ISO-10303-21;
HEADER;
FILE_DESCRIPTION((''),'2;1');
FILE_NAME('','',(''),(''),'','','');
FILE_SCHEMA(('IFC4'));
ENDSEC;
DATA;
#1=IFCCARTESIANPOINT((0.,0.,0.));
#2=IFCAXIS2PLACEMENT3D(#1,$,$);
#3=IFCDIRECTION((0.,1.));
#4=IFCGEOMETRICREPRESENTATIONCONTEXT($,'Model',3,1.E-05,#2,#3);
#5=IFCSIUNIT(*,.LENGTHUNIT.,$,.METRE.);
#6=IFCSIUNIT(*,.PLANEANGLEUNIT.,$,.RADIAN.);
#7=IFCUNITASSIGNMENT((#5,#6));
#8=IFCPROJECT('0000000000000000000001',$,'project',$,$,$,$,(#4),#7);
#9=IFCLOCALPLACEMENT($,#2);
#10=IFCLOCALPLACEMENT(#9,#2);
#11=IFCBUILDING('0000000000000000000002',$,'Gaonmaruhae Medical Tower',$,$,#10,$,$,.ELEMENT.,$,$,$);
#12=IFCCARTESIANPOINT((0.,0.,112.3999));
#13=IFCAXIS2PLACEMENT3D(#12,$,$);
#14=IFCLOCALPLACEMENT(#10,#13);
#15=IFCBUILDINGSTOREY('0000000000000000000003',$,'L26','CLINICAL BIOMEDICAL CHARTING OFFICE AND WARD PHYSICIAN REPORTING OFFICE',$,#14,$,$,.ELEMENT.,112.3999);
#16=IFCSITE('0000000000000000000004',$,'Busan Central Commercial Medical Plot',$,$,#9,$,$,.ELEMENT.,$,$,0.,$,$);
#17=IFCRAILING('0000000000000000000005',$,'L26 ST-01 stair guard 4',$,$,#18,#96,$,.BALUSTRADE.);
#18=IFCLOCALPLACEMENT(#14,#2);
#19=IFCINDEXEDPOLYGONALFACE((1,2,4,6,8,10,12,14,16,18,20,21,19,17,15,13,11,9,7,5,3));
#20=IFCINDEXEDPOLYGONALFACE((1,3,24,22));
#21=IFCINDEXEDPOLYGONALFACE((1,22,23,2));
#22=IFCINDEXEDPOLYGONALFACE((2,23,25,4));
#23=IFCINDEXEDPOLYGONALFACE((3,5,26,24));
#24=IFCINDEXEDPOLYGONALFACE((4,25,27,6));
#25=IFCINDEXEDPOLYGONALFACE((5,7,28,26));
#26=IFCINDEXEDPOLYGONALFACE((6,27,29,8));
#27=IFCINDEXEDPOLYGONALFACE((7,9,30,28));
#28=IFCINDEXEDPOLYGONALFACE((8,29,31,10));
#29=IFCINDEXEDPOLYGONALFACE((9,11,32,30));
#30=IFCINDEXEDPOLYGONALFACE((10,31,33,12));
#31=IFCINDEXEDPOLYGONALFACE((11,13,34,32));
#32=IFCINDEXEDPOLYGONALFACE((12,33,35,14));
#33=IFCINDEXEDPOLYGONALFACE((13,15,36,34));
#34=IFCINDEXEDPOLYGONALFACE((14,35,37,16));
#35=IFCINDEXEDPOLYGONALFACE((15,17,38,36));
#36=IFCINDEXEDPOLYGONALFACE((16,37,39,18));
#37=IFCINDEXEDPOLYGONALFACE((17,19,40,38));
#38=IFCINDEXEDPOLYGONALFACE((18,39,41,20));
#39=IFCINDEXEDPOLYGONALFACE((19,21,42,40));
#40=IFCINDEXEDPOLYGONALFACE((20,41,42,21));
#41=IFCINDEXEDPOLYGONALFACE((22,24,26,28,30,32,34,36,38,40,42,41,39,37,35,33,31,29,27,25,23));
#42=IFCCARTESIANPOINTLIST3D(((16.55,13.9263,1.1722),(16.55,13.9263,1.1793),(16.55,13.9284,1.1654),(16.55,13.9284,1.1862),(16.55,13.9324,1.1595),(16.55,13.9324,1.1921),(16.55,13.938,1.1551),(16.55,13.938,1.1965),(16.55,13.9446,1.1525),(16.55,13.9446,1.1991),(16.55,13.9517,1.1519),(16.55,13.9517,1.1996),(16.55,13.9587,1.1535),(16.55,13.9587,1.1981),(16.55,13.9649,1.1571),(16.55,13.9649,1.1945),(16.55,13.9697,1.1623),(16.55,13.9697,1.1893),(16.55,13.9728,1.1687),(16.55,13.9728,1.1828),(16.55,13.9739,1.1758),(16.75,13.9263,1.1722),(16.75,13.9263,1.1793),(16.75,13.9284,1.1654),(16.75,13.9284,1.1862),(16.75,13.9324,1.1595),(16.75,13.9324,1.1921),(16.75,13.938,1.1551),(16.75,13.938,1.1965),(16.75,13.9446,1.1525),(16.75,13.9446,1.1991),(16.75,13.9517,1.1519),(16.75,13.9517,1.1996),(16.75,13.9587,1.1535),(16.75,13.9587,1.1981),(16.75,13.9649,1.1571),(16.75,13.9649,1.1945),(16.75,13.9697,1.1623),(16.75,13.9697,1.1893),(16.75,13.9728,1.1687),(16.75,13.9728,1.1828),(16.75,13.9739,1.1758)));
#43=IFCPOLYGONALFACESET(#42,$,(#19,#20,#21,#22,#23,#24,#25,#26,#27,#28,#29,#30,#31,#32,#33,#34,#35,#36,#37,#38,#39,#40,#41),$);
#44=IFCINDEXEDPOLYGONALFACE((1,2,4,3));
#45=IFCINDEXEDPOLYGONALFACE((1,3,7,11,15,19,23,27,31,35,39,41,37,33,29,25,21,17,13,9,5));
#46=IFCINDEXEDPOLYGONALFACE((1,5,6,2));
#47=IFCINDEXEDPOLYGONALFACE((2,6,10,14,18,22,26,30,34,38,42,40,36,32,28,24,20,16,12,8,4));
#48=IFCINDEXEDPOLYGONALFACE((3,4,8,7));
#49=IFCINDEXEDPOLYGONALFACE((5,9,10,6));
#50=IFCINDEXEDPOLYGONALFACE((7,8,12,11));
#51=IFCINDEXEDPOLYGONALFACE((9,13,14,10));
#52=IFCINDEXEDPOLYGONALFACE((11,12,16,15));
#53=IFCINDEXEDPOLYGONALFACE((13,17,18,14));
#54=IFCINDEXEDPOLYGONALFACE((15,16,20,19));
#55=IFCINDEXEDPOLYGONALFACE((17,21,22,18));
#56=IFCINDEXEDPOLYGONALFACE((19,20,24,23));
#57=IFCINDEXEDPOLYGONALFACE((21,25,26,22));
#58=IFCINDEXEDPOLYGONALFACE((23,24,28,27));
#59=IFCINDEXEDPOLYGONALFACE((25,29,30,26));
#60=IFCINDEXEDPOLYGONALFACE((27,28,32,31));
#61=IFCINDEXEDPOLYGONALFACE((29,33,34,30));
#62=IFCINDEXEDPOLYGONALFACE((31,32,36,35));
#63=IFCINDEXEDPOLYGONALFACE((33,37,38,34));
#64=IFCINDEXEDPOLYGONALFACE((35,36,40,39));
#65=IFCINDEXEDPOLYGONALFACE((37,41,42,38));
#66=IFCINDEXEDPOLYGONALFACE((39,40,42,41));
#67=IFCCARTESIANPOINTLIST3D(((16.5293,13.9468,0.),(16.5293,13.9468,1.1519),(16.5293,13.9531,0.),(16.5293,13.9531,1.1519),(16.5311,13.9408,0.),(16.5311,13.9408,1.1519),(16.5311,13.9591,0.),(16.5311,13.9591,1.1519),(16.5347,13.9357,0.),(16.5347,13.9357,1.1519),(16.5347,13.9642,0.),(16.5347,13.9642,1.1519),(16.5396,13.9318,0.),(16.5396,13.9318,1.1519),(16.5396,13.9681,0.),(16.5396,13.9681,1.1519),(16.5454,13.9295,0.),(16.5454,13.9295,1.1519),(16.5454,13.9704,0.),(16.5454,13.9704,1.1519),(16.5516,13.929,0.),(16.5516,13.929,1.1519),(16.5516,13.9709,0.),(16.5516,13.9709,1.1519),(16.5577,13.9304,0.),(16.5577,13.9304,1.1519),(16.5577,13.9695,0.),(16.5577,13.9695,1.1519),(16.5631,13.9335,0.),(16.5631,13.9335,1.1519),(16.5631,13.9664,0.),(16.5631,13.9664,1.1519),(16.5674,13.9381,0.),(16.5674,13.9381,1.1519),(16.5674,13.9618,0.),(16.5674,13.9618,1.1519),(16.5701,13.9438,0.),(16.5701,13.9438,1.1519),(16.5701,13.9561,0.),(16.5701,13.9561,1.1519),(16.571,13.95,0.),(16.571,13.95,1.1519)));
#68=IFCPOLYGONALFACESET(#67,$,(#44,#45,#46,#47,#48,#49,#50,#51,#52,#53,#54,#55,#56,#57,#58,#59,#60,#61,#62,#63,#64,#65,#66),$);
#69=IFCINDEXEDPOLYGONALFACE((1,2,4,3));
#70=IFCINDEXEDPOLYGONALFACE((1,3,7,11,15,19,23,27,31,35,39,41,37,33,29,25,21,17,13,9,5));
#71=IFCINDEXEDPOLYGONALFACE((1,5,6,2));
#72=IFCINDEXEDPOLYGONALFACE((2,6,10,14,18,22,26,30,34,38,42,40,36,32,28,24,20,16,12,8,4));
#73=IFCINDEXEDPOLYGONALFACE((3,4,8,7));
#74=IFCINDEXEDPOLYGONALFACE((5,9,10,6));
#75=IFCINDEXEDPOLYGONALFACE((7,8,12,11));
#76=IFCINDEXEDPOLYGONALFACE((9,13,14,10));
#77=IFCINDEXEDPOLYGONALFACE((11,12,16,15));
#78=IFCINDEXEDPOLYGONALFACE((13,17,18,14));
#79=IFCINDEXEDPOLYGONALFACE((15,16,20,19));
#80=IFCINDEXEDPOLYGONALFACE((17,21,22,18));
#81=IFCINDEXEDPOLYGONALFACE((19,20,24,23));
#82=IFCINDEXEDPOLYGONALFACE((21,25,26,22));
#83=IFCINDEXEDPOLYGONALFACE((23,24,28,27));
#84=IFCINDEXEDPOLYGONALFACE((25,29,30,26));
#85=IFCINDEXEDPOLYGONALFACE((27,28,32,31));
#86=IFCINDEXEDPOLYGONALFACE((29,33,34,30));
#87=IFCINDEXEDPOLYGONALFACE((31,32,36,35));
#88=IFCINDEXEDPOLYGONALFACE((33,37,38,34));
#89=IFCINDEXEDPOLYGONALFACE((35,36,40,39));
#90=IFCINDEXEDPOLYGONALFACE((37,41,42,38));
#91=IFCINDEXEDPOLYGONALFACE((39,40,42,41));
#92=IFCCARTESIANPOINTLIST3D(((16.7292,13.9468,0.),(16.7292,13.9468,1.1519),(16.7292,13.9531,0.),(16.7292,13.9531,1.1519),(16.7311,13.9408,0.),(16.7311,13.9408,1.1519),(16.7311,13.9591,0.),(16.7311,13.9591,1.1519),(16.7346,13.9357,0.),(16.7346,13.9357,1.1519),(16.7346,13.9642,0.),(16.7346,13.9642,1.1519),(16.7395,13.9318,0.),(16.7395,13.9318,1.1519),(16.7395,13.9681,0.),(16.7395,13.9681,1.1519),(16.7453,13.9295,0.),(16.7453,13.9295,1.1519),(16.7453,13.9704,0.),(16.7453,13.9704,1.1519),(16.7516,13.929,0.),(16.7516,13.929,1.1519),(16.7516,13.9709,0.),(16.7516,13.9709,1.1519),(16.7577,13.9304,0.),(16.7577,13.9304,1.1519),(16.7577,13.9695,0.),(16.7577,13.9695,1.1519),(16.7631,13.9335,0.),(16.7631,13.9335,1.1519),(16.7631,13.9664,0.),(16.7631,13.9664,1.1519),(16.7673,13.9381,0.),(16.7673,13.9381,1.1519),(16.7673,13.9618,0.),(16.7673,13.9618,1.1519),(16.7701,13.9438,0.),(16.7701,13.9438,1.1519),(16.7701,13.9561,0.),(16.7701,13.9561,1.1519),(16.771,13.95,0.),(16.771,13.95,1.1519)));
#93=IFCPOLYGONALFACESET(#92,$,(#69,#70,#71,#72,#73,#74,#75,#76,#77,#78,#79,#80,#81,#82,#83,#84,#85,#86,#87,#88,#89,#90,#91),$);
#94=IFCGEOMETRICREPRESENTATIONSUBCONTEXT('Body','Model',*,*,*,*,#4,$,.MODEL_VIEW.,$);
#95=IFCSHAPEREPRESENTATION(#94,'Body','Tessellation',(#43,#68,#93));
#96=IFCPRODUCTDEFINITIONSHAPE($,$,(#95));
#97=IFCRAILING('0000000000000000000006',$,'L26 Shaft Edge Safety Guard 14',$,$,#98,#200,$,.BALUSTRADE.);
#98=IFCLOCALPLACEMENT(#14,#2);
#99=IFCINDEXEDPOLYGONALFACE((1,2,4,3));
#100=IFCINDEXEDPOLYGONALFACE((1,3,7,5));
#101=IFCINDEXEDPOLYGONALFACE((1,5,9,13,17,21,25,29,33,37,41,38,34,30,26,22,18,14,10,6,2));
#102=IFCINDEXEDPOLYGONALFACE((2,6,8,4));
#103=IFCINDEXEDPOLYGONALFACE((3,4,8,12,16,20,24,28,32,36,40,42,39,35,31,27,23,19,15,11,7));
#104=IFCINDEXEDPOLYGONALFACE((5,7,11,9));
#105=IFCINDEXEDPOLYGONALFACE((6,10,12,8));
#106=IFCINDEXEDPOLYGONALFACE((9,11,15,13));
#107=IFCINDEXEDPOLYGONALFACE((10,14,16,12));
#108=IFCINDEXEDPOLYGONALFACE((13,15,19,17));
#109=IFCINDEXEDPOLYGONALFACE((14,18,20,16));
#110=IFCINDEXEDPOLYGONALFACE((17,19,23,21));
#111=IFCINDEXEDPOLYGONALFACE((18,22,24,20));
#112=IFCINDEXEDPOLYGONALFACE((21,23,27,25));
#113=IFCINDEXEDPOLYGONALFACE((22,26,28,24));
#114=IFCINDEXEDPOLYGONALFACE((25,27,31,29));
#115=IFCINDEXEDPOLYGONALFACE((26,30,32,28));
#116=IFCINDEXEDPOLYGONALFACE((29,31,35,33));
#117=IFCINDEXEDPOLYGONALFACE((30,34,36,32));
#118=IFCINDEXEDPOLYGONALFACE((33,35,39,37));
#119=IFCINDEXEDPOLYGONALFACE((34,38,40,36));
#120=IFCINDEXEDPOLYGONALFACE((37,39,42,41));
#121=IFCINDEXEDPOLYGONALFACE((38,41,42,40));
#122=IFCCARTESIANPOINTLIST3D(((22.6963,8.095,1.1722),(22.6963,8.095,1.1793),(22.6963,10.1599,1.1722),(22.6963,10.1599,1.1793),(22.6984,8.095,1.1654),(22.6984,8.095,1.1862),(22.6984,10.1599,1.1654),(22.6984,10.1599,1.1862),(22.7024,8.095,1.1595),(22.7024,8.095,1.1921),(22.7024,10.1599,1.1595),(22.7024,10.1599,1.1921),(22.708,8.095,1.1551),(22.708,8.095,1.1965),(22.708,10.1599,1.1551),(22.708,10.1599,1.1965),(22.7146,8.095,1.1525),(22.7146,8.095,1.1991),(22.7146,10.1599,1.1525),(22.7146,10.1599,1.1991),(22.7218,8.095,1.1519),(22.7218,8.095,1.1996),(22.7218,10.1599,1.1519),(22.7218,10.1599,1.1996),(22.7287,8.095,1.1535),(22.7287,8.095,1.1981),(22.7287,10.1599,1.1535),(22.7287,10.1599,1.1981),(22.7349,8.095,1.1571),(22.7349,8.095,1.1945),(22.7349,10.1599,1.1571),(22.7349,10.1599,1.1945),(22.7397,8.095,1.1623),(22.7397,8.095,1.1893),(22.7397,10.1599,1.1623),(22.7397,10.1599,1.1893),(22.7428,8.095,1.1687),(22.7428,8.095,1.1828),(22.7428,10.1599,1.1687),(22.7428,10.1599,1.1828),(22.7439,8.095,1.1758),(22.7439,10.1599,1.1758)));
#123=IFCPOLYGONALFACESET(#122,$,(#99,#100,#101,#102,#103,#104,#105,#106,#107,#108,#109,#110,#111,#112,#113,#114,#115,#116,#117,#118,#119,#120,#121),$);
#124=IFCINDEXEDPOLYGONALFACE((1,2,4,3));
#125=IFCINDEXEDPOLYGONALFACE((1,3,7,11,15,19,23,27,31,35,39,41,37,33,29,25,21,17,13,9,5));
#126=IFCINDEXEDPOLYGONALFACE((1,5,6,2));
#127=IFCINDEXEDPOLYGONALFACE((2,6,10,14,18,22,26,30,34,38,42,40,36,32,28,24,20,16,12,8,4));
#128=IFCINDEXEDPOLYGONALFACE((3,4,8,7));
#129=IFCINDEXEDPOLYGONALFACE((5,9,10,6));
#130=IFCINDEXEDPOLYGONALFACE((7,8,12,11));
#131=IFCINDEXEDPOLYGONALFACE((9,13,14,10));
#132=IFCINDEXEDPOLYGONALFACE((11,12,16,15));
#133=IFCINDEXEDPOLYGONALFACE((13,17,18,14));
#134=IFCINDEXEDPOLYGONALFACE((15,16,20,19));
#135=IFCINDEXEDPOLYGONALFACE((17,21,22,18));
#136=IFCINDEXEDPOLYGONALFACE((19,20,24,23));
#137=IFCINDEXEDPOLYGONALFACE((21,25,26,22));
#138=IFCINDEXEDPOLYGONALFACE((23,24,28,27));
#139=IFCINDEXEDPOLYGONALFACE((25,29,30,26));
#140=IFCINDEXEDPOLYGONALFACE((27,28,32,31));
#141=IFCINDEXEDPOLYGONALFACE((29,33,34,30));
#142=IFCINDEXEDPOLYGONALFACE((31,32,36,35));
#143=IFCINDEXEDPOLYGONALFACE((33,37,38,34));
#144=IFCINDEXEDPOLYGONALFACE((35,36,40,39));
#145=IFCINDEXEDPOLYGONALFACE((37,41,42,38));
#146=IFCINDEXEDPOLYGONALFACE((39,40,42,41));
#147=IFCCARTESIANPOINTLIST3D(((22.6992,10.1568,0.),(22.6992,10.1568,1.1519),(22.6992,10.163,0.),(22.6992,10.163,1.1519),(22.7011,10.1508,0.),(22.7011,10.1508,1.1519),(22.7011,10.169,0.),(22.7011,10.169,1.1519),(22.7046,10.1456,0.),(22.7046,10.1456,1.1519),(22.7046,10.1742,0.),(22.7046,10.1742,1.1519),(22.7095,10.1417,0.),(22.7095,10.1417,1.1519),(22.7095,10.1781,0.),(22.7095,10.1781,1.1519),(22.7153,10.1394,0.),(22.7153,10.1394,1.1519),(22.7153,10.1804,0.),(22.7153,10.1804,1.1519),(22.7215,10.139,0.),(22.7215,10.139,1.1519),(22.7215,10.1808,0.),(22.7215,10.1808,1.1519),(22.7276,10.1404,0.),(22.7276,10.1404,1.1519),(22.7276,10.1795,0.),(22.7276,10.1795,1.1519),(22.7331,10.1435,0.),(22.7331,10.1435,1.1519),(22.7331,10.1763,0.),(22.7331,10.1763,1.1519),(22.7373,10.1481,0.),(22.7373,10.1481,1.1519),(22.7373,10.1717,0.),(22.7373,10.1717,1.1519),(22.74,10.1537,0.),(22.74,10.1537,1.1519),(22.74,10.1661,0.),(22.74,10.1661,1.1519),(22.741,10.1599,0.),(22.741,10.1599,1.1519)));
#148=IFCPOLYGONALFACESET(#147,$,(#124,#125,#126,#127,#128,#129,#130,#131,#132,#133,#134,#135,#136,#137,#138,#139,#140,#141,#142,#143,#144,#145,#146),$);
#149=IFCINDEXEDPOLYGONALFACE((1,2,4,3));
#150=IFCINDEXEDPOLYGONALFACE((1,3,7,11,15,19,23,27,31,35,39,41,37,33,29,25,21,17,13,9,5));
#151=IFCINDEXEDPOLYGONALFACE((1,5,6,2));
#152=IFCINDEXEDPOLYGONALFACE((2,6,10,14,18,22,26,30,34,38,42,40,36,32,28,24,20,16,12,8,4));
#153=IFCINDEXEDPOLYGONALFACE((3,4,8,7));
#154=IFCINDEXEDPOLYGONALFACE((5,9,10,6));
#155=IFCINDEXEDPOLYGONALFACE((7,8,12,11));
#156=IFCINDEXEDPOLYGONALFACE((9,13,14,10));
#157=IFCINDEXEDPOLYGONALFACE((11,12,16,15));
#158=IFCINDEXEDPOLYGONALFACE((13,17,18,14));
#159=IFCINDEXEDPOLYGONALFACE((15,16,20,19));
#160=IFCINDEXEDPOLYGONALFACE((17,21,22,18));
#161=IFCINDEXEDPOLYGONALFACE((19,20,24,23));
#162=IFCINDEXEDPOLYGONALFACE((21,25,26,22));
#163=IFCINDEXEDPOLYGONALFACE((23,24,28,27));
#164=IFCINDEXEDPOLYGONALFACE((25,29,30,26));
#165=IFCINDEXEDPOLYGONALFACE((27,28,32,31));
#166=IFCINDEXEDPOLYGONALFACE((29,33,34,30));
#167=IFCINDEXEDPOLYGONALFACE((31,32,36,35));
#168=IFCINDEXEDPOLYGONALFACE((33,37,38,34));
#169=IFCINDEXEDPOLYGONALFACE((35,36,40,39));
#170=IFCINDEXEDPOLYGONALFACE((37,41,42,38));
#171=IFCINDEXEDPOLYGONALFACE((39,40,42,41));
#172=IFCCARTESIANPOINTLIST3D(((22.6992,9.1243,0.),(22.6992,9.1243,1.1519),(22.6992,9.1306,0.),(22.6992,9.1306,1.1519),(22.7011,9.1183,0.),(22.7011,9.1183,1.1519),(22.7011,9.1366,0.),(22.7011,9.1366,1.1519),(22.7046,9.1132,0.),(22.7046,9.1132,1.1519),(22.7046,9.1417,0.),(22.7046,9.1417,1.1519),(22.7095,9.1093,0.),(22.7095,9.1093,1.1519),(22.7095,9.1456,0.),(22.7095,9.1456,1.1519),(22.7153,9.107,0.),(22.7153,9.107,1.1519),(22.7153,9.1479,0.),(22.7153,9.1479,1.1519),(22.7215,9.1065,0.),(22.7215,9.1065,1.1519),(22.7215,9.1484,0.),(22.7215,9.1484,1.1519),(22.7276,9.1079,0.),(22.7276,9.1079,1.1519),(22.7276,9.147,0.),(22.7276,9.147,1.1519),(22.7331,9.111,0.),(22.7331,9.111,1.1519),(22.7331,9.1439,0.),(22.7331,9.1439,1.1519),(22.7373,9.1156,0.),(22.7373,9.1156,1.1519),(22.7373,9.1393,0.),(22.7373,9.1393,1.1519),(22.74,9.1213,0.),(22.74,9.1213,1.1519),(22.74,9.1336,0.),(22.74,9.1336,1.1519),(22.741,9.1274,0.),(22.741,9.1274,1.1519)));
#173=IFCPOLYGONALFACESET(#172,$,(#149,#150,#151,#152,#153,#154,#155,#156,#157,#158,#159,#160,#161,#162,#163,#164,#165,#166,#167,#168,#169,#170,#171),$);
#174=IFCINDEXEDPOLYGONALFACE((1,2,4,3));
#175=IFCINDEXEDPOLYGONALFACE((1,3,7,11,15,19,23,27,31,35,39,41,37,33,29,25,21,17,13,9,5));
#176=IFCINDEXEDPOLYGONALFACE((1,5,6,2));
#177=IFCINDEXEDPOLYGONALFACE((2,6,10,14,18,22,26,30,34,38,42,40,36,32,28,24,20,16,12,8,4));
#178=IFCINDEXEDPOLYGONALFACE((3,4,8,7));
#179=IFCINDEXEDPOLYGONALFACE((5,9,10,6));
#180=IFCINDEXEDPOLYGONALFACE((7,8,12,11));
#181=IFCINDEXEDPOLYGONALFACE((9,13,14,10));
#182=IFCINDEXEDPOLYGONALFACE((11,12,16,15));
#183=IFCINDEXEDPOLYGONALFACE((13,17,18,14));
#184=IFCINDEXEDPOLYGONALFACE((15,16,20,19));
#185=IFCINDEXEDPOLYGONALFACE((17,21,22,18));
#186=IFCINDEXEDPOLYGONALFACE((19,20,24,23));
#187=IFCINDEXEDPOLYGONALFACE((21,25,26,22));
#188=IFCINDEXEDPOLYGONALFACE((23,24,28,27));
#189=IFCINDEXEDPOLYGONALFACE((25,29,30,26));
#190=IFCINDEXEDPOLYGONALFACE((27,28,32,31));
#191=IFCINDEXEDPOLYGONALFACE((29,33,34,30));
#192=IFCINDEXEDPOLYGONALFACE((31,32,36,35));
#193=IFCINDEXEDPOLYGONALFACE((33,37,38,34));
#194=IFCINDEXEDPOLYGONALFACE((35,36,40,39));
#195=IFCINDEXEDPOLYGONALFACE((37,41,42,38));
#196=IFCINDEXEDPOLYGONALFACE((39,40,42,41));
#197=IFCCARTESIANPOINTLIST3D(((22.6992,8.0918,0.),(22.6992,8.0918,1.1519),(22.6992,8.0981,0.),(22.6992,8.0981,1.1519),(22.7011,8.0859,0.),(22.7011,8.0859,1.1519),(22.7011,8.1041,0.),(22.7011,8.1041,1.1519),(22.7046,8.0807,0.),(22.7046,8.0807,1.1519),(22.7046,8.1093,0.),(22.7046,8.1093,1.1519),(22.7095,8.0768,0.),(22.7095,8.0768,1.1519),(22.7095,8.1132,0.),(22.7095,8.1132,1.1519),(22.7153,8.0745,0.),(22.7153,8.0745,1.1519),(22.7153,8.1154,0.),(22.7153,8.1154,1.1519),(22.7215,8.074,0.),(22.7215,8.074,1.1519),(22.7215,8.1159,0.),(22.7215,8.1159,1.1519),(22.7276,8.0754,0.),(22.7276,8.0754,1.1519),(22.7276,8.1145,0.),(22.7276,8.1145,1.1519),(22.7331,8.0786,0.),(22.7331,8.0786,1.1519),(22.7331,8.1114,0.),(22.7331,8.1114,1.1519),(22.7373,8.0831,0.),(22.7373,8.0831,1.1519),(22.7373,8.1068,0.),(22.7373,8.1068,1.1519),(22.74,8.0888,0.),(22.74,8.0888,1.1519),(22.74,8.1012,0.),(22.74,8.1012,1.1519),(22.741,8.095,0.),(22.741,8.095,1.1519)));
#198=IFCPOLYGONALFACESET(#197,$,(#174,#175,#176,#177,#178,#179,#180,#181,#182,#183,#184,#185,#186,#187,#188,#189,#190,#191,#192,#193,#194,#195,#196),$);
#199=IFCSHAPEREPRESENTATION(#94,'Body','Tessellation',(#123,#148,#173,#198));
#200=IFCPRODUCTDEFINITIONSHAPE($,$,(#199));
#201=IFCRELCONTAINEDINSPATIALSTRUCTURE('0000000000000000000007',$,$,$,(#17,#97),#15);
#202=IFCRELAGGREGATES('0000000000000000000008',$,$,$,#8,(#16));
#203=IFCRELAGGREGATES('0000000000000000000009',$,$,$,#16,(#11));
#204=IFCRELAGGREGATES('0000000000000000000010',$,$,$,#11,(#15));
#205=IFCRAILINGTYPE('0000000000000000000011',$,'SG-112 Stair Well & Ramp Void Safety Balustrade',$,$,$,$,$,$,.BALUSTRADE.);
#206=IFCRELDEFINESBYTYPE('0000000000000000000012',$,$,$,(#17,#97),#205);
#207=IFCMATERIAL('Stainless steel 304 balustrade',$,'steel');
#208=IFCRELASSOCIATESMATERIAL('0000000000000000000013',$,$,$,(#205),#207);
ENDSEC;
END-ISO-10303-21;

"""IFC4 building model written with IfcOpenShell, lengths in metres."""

from ifc_helpers import new_model, si_unit, direction, frame, origin, origin_2d, place, context, subcontext, project, spatial, circle, extrude, material, type_object, element, save


model = new_model("IFC4")

# Units and contexts
model_context = context("Model", 3, precision=1e-05, world=origin(), true_north=direction((0.0, 1.0)))
body_context = subcontext(model_context, "Body", "Model", "MODEL_VIEW")
ifc_project = project(units=[si_unit("LENGTHUNIT", "METRE"), si_unit("PLANEANGLEUNIT", "RADIAN")], contexts=[model_context])

# Site, building, storey
site_placement = place(None, origin())
site = spatial("IfcSite", under=ifc_project, at=site_placement, Name="Busan Central Commercial Medical Plot", CompositionType="ELEMENT", RefElevation=0.0)
building_placement = place(site_placement, origin())
building = spatial("IfcBuilding", under=site, at=building_placement, Name="Gaonmaruhae Medical Tower", CompositionType="ELEMENT")
storey_placement = place(building_placement, frame((0.0, 0.0, 112.3999)))
storey = spatial("IfcBuildingStorey", under=building, at=storey_placement, Name="L26", Description="CLINICAL BIOMEDICAL CHARTING OFFICE AND WARD PHYSICIAN REPORTING OFFICE", CompositionType="ELEMENT", Elevation=112.3999)

# Railings
ifc_material_1 = material(Name="Stainless steel 304 balustrade", Category="steel")
railing_type_1 = type_object("IfcRailingType", Name="SG-112 Stair Well & Ramp Void Safety Balustrade", PredefinedType="BALUSTRADE", material=ifc_material_1)
railing_1_placement = place(storey_placement, frame((16.55, 13.95, 0.0)))
element("IfcRailing", 1, at=railing_1_placement, inside=storey, type_object=railing_type_1, Name="L26 ST-01 stair guard 4", PredefinedType="BALUSTRADE", context=body_context, shape_type="SweptSolid", body=[
    extrude(circle(Radius=0.0239, at=origin_2d()), frame((0.0, 0.0, 1.1758), z_axis=(1.0, 0.0, 0.0), x_axis=(0.0, 1.0, 0.0)), (0.0, 0.0, 1.0), 0.2),
    extrude(circle(Radius=0.021, at=origin_2d()), origin(), (0.0, 0.0, 1.0), 1.1519),
    extrude(circle(Radius=0.021, at=origin_2d()), frame((0.2, 0.0, 0.0)), (0.0, 0.0, 1.0), 1.1519),
])
railing_2_placement = place(storey_placement, frame((22.72, 10.1599, 0.0)))
element("IfcRailing", 2, at=railing_2_placement, inside=storey, type_object=railing_type_1, Name="L26 Shaft Edge Safety Guard 14", PredefinedType="BALUSTRADE", context=body_context, shape_type="SweptSolid", body=[
    extrude(circle(Radius=0.0239, at=origin_2d()), frame((0.0, 0.0, 1.1758), z_axis=(0.0, -1.0, 0.0), x_axis=(1.0, 0.0, 0.0)), (0.0, 0.0, 1.0), 2.0649),
    extrude(circle(Radius=0.021, at=origin_2d()), origin(), (0.0, 0.0, 1.0), 1.1519),
    extrude(circle(Radius=0.021, at=origin_2d()), frame((0.0, -1.0325, 0.0)), (0.0, 0.0, 1.0), 1.1519),
    extrude(circle(Radius=0.021, at=origin_2d()), frame((0.0, -2.0649, 0.0)), (0.0, 0.0, 1.0), 1.1519),
])

save(model, "model.ifc")
